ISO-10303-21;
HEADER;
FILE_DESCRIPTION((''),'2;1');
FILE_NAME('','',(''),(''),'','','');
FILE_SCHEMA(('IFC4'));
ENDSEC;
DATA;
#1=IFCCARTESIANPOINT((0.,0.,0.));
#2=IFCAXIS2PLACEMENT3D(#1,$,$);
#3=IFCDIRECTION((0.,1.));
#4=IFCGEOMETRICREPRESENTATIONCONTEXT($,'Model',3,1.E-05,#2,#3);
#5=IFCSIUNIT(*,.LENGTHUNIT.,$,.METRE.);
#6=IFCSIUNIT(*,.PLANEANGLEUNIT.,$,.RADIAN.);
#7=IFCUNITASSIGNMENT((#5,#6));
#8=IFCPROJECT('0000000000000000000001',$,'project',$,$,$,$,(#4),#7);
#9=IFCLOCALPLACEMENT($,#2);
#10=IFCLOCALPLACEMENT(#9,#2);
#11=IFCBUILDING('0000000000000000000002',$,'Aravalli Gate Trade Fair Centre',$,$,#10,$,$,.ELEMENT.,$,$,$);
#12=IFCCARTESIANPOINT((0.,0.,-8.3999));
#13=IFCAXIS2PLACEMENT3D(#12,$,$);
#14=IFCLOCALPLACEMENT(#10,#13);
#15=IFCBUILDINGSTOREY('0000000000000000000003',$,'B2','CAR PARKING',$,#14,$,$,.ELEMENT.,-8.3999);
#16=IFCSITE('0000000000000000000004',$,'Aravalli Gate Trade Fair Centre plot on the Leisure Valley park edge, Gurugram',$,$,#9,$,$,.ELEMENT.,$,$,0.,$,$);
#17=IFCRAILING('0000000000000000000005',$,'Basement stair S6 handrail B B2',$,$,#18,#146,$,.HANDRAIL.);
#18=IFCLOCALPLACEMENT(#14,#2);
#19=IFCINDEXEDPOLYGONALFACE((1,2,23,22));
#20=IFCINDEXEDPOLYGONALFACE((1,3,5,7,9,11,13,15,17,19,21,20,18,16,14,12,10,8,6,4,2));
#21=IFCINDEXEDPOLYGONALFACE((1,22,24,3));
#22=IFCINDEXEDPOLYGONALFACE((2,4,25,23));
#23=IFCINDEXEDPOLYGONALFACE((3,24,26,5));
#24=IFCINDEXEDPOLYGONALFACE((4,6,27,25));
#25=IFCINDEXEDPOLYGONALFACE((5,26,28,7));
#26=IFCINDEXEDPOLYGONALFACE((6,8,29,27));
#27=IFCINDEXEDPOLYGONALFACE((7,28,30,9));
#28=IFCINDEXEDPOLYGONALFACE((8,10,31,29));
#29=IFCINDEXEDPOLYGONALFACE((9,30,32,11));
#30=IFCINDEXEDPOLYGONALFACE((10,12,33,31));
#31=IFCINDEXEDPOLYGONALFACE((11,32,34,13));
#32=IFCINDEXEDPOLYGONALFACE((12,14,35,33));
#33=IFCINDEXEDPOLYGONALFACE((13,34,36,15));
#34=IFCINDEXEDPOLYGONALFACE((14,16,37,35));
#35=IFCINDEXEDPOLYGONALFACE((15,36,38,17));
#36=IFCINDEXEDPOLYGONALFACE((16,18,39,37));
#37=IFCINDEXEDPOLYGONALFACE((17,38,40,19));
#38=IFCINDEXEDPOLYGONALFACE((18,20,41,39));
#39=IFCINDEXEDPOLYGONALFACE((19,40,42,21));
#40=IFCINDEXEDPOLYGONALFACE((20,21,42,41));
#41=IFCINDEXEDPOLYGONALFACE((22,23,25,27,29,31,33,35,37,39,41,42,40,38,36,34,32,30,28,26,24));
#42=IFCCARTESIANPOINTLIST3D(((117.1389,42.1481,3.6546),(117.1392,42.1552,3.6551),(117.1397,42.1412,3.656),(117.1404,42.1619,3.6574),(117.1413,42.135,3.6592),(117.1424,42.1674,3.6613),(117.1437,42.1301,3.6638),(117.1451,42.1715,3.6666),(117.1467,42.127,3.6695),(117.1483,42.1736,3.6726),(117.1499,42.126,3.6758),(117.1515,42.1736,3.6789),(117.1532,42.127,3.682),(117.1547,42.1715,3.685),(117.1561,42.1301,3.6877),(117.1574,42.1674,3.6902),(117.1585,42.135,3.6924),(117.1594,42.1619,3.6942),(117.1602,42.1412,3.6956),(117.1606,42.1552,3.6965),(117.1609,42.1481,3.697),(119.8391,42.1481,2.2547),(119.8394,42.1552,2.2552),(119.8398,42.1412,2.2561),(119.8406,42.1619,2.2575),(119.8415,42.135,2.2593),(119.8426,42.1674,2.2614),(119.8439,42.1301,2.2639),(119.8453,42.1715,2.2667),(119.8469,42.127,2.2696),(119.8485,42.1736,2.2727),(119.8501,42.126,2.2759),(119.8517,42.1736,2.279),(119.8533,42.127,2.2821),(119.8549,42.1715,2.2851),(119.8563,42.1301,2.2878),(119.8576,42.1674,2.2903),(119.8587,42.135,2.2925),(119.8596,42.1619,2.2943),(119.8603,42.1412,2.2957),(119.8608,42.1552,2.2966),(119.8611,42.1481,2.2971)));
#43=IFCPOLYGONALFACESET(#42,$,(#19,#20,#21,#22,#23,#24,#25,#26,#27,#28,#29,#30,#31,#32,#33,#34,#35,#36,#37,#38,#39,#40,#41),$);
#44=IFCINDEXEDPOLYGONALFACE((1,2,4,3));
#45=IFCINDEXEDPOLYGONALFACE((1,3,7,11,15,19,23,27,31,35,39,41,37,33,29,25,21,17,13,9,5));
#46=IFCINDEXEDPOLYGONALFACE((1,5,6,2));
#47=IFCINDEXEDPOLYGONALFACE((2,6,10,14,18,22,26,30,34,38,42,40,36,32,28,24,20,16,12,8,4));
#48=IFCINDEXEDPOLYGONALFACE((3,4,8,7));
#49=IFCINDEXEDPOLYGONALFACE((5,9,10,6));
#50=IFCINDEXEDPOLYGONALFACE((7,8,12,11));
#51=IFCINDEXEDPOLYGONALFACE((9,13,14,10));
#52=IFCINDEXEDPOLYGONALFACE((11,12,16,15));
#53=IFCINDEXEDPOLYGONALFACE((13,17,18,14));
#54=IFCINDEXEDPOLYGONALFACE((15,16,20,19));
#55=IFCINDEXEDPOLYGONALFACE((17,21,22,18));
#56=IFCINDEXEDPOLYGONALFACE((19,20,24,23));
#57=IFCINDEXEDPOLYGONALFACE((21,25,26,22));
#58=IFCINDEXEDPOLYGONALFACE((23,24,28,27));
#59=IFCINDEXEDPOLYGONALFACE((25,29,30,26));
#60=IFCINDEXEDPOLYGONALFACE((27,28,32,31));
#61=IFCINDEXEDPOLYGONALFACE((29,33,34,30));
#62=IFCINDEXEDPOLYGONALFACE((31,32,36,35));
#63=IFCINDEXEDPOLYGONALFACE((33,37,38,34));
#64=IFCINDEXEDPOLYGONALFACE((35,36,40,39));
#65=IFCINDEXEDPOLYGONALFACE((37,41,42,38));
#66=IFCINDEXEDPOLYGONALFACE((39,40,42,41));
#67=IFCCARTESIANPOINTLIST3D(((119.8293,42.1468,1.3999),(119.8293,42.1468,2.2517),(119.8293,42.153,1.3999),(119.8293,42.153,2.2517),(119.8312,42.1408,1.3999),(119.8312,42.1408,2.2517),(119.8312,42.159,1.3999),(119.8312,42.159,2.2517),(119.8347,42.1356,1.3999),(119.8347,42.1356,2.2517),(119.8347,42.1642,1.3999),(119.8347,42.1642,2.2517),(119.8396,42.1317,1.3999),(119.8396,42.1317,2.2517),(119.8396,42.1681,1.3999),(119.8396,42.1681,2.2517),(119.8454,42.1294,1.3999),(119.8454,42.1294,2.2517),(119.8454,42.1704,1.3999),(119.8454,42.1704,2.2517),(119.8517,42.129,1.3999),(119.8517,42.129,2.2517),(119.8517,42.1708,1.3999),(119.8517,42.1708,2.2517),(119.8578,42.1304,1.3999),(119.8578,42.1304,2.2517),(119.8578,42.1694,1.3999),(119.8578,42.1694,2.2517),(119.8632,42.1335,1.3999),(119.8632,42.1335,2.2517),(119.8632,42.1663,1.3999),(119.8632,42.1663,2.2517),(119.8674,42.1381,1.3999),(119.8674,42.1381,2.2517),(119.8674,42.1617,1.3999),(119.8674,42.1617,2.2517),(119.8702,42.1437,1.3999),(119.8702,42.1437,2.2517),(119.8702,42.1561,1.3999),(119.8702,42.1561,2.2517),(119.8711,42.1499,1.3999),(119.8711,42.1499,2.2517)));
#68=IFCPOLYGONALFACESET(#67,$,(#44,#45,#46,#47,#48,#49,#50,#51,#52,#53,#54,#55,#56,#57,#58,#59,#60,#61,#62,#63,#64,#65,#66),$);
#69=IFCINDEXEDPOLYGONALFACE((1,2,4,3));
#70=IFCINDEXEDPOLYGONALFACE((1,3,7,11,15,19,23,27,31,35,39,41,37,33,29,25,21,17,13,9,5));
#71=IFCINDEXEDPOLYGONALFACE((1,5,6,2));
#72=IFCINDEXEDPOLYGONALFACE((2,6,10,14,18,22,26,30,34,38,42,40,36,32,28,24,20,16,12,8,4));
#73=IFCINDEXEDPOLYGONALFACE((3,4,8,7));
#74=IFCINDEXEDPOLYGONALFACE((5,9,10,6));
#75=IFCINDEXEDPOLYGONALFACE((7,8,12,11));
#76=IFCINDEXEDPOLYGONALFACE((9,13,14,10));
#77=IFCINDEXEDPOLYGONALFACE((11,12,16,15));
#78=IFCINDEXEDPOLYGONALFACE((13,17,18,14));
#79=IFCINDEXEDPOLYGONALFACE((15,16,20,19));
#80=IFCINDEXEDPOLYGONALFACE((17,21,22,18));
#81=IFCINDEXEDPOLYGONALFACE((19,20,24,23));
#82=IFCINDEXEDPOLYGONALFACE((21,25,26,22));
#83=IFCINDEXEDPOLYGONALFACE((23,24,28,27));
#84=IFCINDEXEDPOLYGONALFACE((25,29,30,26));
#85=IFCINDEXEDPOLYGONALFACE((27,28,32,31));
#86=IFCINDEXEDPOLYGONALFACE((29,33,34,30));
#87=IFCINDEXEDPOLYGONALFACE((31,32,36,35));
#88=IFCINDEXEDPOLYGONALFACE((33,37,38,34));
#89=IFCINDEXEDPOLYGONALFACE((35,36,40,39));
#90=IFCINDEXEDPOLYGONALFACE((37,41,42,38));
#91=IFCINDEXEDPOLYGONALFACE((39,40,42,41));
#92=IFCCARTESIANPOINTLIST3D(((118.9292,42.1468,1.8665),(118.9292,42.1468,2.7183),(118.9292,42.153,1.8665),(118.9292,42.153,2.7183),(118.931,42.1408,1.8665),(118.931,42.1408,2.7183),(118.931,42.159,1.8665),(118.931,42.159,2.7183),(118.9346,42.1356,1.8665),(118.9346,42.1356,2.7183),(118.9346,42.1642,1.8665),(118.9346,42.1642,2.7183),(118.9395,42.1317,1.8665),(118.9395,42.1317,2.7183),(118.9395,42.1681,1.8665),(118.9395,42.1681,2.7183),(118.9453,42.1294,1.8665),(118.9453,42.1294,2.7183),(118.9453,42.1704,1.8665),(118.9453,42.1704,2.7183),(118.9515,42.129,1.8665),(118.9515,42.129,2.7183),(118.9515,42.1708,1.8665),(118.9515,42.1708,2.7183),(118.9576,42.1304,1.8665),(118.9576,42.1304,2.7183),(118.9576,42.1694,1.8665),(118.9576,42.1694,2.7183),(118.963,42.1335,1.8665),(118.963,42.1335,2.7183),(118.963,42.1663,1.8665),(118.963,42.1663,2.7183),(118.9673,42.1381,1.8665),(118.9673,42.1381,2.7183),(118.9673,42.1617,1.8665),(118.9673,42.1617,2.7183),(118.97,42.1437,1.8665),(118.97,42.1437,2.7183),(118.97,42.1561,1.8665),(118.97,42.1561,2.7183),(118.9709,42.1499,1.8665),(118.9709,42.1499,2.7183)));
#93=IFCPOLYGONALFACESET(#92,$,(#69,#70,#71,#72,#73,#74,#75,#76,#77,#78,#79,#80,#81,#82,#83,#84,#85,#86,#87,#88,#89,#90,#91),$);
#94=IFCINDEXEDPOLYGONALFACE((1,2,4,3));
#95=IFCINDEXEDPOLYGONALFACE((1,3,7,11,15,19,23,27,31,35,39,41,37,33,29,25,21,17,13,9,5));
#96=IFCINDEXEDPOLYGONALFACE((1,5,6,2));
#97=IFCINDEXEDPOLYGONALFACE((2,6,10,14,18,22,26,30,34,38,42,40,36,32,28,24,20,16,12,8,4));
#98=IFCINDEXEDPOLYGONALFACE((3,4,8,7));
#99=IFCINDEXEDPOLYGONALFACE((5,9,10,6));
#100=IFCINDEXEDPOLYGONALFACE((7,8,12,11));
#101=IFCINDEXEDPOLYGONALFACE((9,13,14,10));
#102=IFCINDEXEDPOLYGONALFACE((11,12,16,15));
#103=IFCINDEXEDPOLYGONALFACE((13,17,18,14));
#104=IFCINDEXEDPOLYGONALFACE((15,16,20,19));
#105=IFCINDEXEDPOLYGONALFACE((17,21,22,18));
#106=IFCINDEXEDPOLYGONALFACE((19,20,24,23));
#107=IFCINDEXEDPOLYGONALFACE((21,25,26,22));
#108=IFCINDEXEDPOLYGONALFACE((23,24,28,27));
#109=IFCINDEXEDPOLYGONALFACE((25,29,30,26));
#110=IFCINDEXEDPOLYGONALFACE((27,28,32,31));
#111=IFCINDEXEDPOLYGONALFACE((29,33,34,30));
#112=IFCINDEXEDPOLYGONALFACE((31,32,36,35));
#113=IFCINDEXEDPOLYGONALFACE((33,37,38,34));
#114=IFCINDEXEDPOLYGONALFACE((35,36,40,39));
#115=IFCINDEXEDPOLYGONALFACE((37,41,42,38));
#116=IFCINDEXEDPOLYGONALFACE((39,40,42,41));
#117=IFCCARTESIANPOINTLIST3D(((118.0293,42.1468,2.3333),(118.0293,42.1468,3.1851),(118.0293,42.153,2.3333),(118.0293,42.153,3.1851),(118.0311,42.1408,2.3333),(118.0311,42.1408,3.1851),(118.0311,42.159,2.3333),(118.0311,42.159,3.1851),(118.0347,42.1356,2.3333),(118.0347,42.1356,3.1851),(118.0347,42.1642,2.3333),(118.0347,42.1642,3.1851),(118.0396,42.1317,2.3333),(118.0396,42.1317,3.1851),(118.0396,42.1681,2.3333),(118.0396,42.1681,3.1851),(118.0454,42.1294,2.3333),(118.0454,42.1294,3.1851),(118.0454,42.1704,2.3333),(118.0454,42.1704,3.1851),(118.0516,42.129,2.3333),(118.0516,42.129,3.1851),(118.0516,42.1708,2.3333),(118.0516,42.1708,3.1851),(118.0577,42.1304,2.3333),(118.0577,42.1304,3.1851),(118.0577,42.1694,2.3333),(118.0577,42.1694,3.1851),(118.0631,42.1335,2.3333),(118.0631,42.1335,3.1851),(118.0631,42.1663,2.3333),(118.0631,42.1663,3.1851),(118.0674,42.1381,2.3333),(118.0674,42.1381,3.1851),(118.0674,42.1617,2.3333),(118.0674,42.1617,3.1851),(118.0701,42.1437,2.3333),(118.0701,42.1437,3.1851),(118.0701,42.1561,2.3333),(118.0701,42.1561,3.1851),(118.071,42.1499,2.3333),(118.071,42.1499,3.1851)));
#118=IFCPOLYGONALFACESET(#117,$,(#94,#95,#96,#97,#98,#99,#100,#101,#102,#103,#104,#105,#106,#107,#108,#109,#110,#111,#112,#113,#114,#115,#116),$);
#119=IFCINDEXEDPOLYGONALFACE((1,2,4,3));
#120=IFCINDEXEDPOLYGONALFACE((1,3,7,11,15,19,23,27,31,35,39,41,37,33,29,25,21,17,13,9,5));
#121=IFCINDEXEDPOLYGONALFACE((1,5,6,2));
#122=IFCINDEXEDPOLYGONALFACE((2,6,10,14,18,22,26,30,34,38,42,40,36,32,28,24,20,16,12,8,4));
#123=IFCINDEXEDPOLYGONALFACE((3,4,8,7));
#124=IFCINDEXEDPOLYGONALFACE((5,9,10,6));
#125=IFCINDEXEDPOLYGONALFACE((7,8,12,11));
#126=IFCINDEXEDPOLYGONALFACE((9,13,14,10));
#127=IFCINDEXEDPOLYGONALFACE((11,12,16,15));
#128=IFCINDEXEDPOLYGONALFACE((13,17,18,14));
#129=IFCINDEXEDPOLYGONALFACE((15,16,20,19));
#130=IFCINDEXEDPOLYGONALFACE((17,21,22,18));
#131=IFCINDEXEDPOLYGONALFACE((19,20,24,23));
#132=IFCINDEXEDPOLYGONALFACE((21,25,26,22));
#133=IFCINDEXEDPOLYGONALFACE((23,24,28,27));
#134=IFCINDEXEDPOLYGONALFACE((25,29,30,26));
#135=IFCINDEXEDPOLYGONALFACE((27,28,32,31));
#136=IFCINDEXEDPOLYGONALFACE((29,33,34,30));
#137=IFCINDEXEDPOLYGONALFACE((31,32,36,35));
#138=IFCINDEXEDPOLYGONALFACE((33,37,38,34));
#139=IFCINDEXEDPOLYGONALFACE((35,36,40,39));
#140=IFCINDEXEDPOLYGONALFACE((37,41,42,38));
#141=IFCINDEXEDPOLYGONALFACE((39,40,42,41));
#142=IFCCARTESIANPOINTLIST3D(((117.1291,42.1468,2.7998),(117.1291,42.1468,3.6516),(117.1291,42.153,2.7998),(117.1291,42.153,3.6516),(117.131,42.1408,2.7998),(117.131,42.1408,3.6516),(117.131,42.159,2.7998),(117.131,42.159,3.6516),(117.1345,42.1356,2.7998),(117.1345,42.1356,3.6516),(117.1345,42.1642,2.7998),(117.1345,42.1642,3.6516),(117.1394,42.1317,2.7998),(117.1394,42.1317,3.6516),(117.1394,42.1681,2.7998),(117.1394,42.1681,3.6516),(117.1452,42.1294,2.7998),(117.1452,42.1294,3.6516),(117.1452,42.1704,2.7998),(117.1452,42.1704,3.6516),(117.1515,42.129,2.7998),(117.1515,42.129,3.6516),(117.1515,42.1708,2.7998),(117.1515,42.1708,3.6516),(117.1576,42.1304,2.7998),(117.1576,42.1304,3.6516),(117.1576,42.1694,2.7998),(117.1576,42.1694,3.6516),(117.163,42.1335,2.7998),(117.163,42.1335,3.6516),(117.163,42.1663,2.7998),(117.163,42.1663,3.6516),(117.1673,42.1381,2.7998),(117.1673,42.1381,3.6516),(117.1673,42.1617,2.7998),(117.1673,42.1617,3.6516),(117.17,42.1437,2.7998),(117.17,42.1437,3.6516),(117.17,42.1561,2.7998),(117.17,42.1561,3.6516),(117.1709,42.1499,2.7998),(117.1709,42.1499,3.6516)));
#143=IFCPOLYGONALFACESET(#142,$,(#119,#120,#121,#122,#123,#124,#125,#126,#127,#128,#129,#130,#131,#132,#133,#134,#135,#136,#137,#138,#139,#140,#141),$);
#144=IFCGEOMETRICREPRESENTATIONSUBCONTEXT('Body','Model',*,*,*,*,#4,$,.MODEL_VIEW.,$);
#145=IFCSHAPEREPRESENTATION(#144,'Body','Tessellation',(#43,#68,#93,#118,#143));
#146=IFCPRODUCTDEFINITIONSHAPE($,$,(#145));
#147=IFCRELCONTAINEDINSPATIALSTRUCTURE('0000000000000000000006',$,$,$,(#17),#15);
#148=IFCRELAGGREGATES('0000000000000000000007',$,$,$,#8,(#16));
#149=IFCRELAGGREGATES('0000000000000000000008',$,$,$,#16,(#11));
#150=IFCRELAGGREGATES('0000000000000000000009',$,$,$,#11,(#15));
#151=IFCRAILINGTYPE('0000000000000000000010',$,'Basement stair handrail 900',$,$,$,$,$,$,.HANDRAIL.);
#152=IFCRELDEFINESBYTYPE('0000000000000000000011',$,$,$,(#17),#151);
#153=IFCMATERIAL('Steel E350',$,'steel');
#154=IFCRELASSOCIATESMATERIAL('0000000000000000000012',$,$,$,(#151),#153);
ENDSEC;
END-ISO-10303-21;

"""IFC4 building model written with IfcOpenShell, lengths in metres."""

from ifc_helpers import new_model, si_unit, direction, frame, origin, origin_2d, place, context, subcontext, project, spatial, circle, extrude, material, type_object, element, save


model = new_model("IFC4")

# Units and contexts
model_context = context("Model", 3, precision=1e-05, world=origin(), true_north=direction((0.0, 1.0)))
body_context = subcontext(model_context, "Body", "Model", "MODEL_VIEW")
ifc_project = project(units=[si_unit("LENGTHUNIT", "METRE"), si_unit("PLANEANGLEUNIT", "RADIAN")], contexts=[model_context])

# Site, building, storey
site_placement = place(None, origin())
site = spatial("IfcSite", under=ifc_project, at=site_placement, Name="Aravalli Gate Trade Fair Centre plot on the Leisure Valley park edge, Gurugram", CompositionType="ELEMENT", RefElevation=0.0)
building_placement = place(site_placement, origin())
building = spatial("IfcBuilding", under=site, at=building_placement, Name="Aravalli Gate Trade Fair Centre", CompositionType="ELEMENT")
storey_placement = place(building_placement, frame((0.0, 0.0, -8.3999)))
storey = spatial("IfcBuildingStorey", under=building, at=storey_placement, Name="B2", Description="CAR PARKING", CompositionType="ELEMENT", Elevation=-8.3999)

# Railing
ifc_material_1 = material(Name="Steel E350", Category="steel")
railing_type_1 = type_object("IfcRailingType", Name="Basement stair handrail 900", PredefinedType="HANDRAIL", material=ifc_material_1)
railing_1_placement = place(storey_placement, frame((119.8501, 42.1499, 1.3999)))
element("IfcRailing", 1, at=railing_1_placement, inside=storey, type_object=railing_type_1, Name="Basement stair S6 handrail B B2", PredefinedType="HANDRAIL", context=body_context, shape_type="SweptSolid", body=[
    extrude(circle(Radius=0.0239, at=origin_2d()), frame((0.0, 0.0, 0.876), z_axis=(-0.887781, 0.0, 0.460266), x_axis=(0.0, -1.0, 0.0)), (0.0, 0.0, 1.0), 3.0415),
    extrude(circle(Radius=0.021, at=origin_2d()), origin(), (0.0, 0.0, 1.0), 0.8518),
    extrude(circle(Radius=0.021, at=origin_2d()), frame((-0.9001, 0.0, 0.4666)), (0.0, 0.0, 1.0), 0.8518),
    extrude(circle(Radius=0.021, at=origin_2d()), frame((-1.8, 0.0, 0.9333)), (0.0, 0.0, 1.0), 0.8518),
    extrude(circle(Radius=0.021, at=origin_2d()), frame((-2.7002, 0.0, 1.3999)), (0.0, 0.0, 1.0), 0.8518),
])

save(model, "model.ifc")
